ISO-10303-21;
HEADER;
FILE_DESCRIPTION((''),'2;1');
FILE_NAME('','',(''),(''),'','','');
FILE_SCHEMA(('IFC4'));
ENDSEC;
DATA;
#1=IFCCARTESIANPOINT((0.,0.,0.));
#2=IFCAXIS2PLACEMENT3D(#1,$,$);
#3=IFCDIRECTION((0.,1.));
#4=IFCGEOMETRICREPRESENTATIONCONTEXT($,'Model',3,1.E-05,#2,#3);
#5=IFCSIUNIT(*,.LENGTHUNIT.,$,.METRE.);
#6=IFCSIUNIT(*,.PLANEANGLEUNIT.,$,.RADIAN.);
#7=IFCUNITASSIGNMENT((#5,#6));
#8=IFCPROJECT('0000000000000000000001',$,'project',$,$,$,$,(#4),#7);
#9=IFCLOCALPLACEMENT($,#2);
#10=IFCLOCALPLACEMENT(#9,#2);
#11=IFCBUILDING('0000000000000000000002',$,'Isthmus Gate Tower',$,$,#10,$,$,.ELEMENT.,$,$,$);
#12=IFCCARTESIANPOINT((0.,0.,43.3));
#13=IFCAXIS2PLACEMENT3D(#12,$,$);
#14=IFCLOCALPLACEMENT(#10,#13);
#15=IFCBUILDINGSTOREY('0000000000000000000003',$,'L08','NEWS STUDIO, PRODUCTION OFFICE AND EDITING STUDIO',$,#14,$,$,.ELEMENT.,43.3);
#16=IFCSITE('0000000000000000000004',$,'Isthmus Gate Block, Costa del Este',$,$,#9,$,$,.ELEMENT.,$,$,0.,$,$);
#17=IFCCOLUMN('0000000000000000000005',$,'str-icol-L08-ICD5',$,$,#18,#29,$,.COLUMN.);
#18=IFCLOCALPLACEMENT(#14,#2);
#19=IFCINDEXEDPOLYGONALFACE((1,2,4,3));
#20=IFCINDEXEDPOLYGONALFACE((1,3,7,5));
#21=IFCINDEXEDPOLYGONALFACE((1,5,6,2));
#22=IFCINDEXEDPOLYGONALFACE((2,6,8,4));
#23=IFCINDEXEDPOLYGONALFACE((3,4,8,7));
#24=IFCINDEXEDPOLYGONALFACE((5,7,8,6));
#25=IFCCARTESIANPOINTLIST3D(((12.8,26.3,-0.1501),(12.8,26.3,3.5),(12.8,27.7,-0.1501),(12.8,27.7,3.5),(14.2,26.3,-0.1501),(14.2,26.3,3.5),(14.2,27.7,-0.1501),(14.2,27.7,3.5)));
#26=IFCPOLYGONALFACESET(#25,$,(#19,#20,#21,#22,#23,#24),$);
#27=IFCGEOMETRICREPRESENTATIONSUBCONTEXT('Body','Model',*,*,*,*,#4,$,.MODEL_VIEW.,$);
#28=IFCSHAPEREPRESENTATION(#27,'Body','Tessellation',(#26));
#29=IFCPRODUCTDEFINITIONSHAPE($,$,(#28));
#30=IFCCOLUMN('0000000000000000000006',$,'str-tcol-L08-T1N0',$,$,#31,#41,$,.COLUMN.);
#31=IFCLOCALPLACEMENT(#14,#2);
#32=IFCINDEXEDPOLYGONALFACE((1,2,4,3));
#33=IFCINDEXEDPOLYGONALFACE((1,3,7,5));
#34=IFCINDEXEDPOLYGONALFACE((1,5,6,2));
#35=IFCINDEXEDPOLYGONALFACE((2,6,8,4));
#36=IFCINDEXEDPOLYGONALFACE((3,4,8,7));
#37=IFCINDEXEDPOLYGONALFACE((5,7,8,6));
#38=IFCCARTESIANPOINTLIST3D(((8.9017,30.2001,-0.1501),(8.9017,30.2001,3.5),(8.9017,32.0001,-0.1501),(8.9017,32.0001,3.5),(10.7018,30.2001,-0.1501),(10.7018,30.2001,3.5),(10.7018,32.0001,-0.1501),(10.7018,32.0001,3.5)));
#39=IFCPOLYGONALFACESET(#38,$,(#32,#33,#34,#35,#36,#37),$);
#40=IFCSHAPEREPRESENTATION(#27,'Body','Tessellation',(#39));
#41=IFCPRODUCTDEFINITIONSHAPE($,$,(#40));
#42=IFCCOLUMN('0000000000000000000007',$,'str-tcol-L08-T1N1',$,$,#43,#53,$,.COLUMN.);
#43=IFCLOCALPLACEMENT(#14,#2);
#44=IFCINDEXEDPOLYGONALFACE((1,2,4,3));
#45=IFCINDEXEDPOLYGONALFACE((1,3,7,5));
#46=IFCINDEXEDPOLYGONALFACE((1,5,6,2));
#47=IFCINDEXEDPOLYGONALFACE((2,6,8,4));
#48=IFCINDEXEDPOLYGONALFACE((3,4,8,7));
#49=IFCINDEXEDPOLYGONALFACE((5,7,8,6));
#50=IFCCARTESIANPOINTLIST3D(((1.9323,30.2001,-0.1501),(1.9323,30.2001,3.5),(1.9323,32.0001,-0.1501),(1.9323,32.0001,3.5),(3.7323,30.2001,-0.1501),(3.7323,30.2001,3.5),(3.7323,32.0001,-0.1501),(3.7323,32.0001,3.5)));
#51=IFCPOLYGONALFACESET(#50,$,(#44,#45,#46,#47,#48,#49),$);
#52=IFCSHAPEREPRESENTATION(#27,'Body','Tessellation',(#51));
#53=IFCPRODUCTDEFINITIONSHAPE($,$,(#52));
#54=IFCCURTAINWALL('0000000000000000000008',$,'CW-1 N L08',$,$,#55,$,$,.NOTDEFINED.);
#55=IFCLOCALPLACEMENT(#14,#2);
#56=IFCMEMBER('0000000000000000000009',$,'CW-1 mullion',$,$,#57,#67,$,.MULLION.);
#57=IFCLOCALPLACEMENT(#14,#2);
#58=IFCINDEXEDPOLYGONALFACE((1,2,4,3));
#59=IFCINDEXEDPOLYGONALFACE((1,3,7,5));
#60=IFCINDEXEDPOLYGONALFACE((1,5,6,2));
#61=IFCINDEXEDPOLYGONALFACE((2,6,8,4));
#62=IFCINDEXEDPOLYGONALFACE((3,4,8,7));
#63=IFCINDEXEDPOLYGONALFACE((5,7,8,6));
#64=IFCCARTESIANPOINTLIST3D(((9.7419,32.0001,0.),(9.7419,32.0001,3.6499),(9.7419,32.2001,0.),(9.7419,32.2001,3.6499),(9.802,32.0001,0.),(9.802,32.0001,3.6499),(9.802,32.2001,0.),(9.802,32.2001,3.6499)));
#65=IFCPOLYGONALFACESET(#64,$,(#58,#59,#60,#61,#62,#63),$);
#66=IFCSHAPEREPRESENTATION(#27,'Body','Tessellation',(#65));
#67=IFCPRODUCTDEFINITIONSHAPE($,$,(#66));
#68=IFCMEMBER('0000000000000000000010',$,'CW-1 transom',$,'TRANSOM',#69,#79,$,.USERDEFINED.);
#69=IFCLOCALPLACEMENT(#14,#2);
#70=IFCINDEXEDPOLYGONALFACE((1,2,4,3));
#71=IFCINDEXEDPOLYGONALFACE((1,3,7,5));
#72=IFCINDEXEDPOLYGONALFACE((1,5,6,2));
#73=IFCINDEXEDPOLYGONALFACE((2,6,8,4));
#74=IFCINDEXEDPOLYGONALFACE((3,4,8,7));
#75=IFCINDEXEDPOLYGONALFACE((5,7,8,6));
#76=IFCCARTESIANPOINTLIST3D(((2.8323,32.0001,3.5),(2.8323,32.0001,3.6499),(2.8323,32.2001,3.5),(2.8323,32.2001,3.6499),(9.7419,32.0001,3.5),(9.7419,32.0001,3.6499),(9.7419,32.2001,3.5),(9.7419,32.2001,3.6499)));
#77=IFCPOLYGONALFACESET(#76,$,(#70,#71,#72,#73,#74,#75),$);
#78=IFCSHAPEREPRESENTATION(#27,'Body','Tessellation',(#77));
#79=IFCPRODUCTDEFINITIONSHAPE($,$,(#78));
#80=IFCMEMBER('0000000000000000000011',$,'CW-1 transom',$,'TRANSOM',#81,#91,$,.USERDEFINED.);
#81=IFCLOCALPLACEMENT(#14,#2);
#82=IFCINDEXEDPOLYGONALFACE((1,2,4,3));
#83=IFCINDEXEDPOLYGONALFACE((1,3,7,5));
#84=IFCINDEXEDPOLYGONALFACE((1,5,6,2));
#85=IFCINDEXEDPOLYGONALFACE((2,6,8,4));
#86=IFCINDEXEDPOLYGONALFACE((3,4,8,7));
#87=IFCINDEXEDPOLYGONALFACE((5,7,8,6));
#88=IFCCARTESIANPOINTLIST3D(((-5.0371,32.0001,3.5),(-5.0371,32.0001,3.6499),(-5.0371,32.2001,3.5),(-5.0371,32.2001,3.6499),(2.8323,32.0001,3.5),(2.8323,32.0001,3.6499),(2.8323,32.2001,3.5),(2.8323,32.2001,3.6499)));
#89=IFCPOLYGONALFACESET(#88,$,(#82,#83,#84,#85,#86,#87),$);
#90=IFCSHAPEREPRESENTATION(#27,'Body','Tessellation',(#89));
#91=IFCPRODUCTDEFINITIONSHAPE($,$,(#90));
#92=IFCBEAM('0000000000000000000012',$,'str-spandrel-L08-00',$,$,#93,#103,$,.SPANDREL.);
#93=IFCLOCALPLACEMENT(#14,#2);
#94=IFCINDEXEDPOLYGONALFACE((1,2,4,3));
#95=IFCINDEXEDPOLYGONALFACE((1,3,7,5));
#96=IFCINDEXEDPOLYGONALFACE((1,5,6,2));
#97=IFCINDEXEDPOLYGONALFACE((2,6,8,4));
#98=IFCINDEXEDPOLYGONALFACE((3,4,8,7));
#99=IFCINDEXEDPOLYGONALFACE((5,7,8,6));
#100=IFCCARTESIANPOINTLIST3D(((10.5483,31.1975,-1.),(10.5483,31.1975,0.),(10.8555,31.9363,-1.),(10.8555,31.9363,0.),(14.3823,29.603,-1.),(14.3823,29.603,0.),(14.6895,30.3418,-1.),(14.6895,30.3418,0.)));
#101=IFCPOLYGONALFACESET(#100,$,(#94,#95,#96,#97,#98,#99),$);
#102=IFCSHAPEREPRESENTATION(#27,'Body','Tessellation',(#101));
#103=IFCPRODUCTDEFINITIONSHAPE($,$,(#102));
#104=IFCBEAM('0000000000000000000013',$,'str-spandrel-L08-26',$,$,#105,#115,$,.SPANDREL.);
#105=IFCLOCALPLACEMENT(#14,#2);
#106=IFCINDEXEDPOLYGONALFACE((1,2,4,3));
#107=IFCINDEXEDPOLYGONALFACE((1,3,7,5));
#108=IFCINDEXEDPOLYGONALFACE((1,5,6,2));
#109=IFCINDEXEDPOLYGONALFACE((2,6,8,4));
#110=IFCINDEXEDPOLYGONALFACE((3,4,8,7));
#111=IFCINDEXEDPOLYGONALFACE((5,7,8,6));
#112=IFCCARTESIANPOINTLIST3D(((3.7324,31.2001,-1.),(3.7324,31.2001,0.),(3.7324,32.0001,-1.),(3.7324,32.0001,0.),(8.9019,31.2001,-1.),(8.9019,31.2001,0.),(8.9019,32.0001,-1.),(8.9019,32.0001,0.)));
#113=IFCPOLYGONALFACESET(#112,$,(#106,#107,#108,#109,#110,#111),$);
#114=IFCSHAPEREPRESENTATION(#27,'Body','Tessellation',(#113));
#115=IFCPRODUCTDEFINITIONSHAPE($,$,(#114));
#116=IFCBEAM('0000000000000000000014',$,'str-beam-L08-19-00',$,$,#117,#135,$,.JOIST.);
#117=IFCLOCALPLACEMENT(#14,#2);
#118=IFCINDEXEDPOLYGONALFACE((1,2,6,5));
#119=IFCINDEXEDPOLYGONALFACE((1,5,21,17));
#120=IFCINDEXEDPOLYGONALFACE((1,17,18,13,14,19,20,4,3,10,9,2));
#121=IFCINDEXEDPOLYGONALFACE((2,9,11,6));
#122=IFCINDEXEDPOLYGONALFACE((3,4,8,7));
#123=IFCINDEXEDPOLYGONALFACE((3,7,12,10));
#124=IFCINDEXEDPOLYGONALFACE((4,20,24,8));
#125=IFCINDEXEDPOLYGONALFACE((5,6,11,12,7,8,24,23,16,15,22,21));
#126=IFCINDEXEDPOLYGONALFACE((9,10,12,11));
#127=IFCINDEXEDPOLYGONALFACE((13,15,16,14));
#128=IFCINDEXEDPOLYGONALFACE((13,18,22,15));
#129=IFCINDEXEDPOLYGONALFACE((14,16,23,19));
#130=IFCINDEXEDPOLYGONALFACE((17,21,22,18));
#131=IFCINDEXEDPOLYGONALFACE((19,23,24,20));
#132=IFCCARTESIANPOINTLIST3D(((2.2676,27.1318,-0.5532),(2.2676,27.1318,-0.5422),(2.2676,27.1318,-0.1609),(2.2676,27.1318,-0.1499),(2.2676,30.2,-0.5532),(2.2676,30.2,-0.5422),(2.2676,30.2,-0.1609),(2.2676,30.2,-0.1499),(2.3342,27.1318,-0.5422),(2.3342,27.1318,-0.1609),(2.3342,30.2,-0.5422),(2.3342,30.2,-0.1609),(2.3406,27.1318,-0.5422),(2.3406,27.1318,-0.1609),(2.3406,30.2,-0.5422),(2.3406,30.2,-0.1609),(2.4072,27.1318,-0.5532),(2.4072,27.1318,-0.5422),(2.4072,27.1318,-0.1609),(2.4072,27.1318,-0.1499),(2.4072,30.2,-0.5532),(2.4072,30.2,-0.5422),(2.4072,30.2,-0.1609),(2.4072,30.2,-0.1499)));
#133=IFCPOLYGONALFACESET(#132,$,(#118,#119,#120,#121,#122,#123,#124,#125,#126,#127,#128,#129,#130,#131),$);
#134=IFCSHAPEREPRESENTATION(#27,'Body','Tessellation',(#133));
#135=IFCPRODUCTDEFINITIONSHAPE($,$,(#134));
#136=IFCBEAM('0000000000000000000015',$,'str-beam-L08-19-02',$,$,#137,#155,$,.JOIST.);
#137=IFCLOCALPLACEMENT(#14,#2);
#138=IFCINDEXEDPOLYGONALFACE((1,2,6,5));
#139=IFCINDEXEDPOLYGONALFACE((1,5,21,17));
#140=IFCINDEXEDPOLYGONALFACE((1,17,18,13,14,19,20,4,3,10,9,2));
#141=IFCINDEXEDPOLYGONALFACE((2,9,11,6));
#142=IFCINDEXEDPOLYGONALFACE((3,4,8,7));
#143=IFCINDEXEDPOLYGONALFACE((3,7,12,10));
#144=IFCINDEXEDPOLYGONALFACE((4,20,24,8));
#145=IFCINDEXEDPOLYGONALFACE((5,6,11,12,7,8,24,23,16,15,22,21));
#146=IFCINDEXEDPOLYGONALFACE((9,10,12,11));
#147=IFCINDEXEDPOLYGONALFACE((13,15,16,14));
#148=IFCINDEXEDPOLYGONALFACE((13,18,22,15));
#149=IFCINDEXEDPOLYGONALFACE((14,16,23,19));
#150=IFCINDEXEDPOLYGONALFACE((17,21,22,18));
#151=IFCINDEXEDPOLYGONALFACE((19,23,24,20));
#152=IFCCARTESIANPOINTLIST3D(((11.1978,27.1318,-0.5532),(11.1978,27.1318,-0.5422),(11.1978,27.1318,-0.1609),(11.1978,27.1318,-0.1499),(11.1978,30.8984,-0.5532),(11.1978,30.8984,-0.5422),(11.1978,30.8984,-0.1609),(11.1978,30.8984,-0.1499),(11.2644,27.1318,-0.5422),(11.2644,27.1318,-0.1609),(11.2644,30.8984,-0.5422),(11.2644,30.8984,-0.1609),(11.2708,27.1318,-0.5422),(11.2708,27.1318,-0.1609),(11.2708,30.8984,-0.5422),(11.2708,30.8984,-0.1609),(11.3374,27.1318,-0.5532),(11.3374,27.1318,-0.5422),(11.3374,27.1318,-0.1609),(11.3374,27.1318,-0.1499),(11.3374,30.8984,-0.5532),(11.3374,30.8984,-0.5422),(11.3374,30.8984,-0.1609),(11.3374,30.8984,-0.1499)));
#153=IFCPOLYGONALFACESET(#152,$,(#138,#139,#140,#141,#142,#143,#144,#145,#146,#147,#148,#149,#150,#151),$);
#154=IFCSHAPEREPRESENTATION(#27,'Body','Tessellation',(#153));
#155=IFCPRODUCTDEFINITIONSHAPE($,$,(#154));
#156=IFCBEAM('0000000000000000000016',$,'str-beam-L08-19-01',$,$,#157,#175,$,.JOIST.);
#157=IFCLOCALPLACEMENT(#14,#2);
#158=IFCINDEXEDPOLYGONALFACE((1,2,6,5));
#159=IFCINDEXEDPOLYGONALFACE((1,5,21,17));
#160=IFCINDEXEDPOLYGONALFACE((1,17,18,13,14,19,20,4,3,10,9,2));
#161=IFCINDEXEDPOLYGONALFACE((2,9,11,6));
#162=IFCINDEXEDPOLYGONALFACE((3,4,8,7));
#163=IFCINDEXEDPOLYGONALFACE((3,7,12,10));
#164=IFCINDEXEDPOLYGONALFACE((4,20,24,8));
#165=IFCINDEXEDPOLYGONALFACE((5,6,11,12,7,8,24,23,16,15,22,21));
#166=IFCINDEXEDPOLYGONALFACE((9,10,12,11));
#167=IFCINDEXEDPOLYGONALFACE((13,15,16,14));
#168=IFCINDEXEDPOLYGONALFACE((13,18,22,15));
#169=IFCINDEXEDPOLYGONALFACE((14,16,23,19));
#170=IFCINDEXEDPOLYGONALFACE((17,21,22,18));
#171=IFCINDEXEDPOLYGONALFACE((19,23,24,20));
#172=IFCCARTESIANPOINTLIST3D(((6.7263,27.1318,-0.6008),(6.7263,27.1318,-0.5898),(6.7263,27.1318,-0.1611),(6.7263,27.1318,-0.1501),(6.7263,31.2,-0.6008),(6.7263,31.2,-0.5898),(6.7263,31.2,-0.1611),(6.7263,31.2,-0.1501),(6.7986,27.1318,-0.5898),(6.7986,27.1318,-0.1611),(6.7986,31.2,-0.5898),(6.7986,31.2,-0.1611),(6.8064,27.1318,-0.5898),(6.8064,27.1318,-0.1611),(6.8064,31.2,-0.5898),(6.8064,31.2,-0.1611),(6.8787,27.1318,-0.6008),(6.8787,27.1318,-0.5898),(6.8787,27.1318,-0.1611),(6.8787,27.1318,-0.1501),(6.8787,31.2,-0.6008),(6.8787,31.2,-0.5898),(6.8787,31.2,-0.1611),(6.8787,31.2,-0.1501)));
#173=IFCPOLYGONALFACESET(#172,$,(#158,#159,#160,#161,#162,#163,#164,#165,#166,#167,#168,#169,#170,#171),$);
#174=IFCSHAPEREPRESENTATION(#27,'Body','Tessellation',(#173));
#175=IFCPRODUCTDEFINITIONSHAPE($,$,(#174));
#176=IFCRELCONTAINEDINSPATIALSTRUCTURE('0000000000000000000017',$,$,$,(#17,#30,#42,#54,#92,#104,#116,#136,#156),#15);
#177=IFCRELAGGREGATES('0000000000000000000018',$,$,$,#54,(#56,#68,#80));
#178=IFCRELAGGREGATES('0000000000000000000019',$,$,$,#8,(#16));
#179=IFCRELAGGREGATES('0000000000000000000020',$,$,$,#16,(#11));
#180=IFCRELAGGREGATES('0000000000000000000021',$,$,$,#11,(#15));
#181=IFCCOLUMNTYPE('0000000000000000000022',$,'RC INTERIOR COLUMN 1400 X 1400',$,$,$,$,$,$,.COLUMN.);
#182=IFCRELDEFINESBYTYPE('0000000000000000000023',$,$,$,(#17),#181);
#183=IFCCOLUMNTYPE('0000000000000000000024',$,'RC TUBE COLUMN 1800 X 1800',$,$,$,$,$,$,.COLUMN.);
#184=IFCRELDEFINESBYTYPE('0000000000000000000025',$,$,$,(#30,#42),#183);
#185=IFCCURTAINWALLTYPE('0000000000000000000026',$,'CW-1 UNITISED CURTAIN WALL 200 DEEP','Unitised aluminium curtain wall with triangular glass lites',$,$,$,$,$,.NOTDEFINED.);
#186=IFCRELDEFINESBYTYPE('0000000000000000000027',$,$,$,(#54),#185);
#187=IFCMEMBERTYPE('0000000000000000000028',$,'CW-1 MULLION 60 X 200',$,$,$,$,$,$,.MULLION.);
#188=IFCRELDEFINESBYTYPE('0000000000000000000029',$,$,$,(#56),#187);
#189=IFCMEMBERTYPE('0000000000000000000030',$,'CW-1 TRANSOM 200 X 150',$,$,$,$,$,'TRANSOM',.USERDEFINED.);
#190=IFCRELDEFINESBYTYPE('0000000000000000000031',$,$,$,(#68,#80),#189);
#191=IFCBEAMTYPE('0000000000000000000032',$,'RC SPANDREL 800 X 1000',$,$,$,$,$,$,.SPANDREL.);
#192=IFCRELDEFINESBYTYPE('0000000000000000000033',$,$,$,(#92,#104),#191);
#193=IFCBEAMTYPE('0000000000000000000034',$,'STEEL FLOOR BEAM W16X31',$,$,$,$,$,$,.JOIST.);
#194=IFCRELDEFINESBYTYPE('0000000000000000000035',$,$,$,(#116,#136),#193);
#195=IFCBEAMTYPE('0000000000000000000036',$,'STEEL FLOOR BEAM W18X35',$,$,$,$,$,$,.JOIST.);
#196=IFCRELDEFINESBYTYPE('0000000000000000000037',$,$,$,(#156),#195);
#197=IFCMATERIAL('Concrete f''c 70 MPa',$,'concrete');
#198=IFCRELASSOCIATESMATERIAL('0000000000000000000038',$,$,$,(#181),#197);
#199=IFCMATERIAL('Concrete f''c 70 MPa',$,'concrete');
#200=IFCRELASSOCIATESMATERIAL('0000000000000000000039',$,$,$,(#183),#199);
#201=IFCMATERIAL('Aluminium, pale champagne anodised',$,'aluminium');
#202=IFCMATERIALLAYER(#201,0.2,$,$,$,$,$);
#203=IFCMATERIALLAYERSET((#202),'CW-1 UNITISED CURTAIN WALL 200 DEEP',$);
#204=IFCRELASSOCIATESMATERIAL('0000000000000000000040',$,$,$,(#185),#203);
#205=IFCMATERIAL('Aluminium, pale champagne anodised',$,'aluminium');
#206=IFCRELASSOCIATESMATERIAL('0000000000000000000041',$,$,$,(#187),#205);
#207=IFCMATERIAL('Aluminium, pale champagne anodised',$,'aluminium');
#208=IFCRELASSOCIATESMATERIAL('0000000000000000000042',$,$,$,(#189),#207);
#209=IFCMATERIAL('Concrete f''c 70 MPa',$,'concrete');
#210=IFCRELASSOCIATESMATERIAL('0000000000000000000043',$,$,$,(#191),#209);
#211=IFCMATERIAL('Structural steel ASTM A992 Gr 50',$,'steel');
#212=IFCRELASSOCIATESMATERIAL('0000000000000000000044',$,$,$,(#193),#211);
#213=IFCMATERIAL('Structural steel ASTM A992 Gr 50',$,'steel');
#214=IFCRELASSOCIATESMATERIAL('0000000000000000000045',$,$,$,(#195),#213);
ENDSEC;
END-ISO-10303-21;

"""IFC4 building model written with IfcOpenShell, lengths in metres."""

from ifc_helpers import new_model, si_unit, direction, frame, origin, origin_2d, place, context, subcontext, project, spatial, rectangle, i_section, extrude, material, layer, layer_set, material_profile, profile_set, type_object, element, aggregate, save


model = new_model("IFC4")

# Units and contexts
model_context = context("Model", 3, precision=1e-05, world=origin(), true_north=direction((0.0, 1.0)))
body_context = subcontext(model_context, "Body", "Model", "MODEL_VIEW")
ifc_project = project(units=[si_unit("LENGTHUNIT", "METRE"), si_unit("PLANEANGLEUNIT", "RADIAN")], contexts=[model_context])

# Site, building, storey
site_placement = place(None, origin())
site = spatial("IfcSite", under=ifc_project, at=site_placement, Name="Isthmus Gate Block, Costa del Este", CompositionType="ELEMENT", RefElevation=0.0)
building_placement = place(site_placement, origin())
building = spatial("IfcBuilding", under=site, at=building_placement, Name="Isthmus Gate Tower", CompositionType="ELEMENT")
storey_placement = place(building_placement, frame((0.0, 0.0, 43.3)))
storey = spatial("IfcBuildingStorey", under=building, at=storey_placement, Name="L08", Description="NEWS STUDIO, PRODUCTION OFFICE AND EDITING STUDIO", CompositionType="ELEMENT", Elevation=43.3)

# Columns
ifc_material_1 = material(Name="Concrete f'c 70 MPa", Category="concrete")
ifc_material_profile_1 = material_profile(ifc_material_1, rectangle(XDim=1.3999, YDim=1.3999, at=origin_2d()), Name="RC 1400X1400")
ifc_profile_set_1 = profile_set([ifc_material_profile_1], Name="Concrete f'c 70 MPa")
column_type_1 = type_object("IfcColumnType", Name="RC INTERIOR COLUMN 1400 X 1400", PredefinedType="COLUMN", material=ifc_profile_set_1)
column_placement = place(storey_placement, frame((13.5, 27.0, -0.1501), z_axis=(0.0, 0.0, 1.0), x_axis=(1.0, 0.0, 0.0)))
element("IfcColumn", 1, at=column_placement, inside=storey, type_object=column_type_1, Name="str-icol-L08-ICD5", PredefinedType="COLUMN", context=body_context, shape_type="SweptSolid", body=[
    extrude(rectangle(XDim=1.3999, YDim=1.3999, at=origin_2d()), origin(), (0.0, 0.0, 1.0), 3.6501),
])
ifc_material_2 = material(Name="Concrete f'c 70 MPa", Category="concrete")
ifc_material_profile_2 = material_profile(ifc_material_2, rectangle(XDim=1.8, YDim=1.8, at=origin_2d()), Name="RC 1800X1800")
ifc_profile_set_2 = profile_set([ifc_material_profile_2], Name="Concrete f'c 70 MPa")
column_type_2 = type_object("IfcColumnType", Name="RC TUBE COLUMN 1800 X 1800", PredefinedType="COLUMN", material=ifc_profile_set_2)
for number, where, z_axis, x_axis, name in (
    (2, (9.8018, 31.1001, -0.1501), (0.0, 0.0, 1.0), (-1.0, 0.0, 0.0), "str-tcol-L08-T1N0"),
    (3, (2.8323, 31.1001, -0.1501), (0.0, 0.0, 1.0), (-1.0, 0.0, 0.0), "str-tcol-L08-T1N1"),
):
    element("IfcColumn", number, at=place(storey_placement, frame(where, z_axis=z_axis, x_axis=x_axis)), inside=storey, type_object=column_type_2, Name=name, PredefinedType="COLUMN", context=body_context, shape_type="SweptSolid", body=[
        extrude(rectangle(XDim=1.8, YDim=1.8, at=origin_2d()), origin(), (0.0, 0.0, 1.0), 3.6501),
    ])

# Curtain wall, members
ifc_material_3 = material(Name="Aluminium, pale champagne anodised", Category="aluminium")
ifc_layer_1 = layer(ifc_material_3, 0.2)
ifc_layer_set_1 = layer_set([ifc_layer_1], Name="CW-1 UNITISED CURTAIN WALL 200 DEEP")
curtain_wall_type = type_object("IfcCurtainWallType", Name="CW-1 UNITISED CURTAIN WALL 200 DEEP", Description="Unitised aluminium curtain wall with triangular glass lites", PredefinedType="NOTDEFINED", material=ifc_layer_set_1)
curtain_wall_1_placement = place(storey_placement, origin())
curtain_wall_1 = element("IfcCurtainWall", 4, at=curtain_wall_1_placement, inside=storey, type_object=curtain_wall_type, Name="CW-1 N L08", PredefinedType="NOTDEFINED")
ifc_material_4 = material(Name="Aluminium, pale champagne anodised", Category="aluminium")
ifc_material_profile_3 = material_profile(ifc_material_4, rectangle(XDim=0.0601, YDim=0.2, at=origin_2d()), Name="60x200")
ifc_profile_set_3 = profile_set([ifc_material_profile_3], Name="Aluminium, pale champagne anodised")
member_type_1 = type_object("IfcMemberType", Name="CW-1 MULLION 60 X 200", PredefinedType="MULLION", material=ifc_profile_set_3)
member_1_placement = place(storey_placement, frame((9.772, 32.1001, 0.0), z_axis=(0.0, 0.0, 1.0), x_axis=(-1.0, 0.0, 0.0)))
member_1 = element("IfcMember", 5, at=member_1_placement, type_object=member_type_1, Name="CW-1 mullion", PredefinedType="MULLION", context=body_context, shape_type="SweptSolid", body=[
    extrude(rectangle(XDim=0.0601, YDim=0.2, at=origin_2d()), origin(), (0.0, 0.0, 1.0), 3.6499),
])
ifc_material_5 = material(Name="Aluminium, pale champagne anodised", Category="aluminium")
ifc_material_profile_4 = material_profile(ifc_material_5, rectangle(XDim=0.2, YDim=0.1499, at=origin_2d()), Name="200x150")
ifc_profile_set_4 = profile_set([ifc_material_profile_4], Name="Aluminium, pale champagne anodised")
member_type_2 = type_object("IfcMemberType", Name="CW-1 TRANSOM 200 X 150", ElementType="TRANSOM", PredefinedType="USERDEFINED", material=ifc_profile_set_4)
member_2_placement = place(storey_placement, frame((9.7419, 32.1001, 3.575), z_axis=(-1.0, 0.0, 0.0), x_axis=(0.0, -1.0, 0.0)))
member_2 = element("IfcMember", 6, at=member_2_placement, type_object=member_type_2, Name="CW-1 transom", ObjectType="TRANSOM", PredefinedType="USERDEFINED", context=body_context, shape_type="SweptSolid", body=[
    extrude(rectangle(XDim=0.2, YDim=0.1499, at=origin_2d()), origin(), (0.0, 0.0, 1.0), 6.9097),
])
member_3_placement = place(storey_placement, frame((2.8323, 32.1001, 3.575), z_axis=(-1.0, 0.0, 0.0), x_axis=(0.0, -1.0, 0.0)))
member_3 = element("IfcMember", 7, at=member_3_placement, type_object=member_type_2, Name="CW-1 transom", ObjectType="TRANSOM", PredefinedType="USERDEFINED", context=body_context, shape_type="SweptSolid", body=[
    extrude(rectangle(XDim=0.2, YDim=0.1499, at=origin_2d()), origin(), (0.0, 0.0, 1.0), 7.8694),
])

# Beams
ifc_material_6 = material(Name="Concrete f'c 70 MPa", Category="concrete")
ifc_material_profile_5 = material_profile(ifc_material_6, rectangle(XDim=0.8, YDim=1.0, at=origin_2d()), Name="RC 800X1000")
ifc_profile_set_5 = profile_set([ifc_material_profile_5], Name="Concrete f'c 70 MPa")
beam_type_1 = type_object("IfcBeamType", Name="RC SPANDREL 800 X 1000", PredefinedType="SPANDREL", material=ifc_profile_set_5)
beam_1_placement = place(storey_placement, frame((10.7019, 31.5669, -0.5), z_axis=(0.923334, -0.383997, 0.0), x_axis=(0.383997, 0.923334, 0.0)))
element("IfcBeam", 8, at=beam_1_placement, inside=storey, type_object=beam_type_1, Name="str-spandrel-L08-00", PredefinedType="SPANDREL", context=body_context, shape_type="SweptSolid", body=[
    extrude(rectangle(XDim=0.8, YDim=1.0, at=origin_2d()), origin(), (0.0, 0.0, 1.0), 4.1523),
])
beam_2_placement = place(storey_placement, frame((3.7324, 31.6001, -0.5), z_axis=(1.0, 0.0, 0.0), x_axis=(0.0, 1.0, 0.0)))
element("IfcBeam", 9, at=beam_2_placement, inside=storey, type_object=beam_type_1, Name="str-spandrel-L08-26", PredefinedType="SPANDREL", context=body_context, shape_type="SweptSolid", body=[
    extrude(rectangle(XDim=0.8, YDim=1.0, at=origin_2d()), origin(), (0.0, 0.0, 1.0), 5.1694),
])
ifc_material_7 = material(Name="Structural steel ASTM A992 Gr 50", Category="steel")
ifc_material_profile_6 = material_profile(ifc_material_7, i_section(OverallWidth=0.1396, OverallDepth=0.4033, WebThickness=0.0063, FlangeThickness=0.011, at=origin_2d()), Name="W16X31")
ifc_profile_set_6 = profile_set([ifc_material_profile_6], Name="Structural steel ASTM A992 Gr 50")
beam_type_2 = type_object("IfcBeamType", Name="STEEL FLOOR BEAM W16X31", PredefinedType="JOIST", material=ifc_profile_set_6)
beam_3_placement = place(storey_placement, frame((2.3374, 27.1318, -0.3516), z_axis=(0.0, 1.0, 0.0), x_axis=(-1.0, 0.0, 0.0)))
element("IfcBeam", 10, at=beam_3_placement, inside=storey, type_object=beam_type_2, Name="str-beam-L08-19-00", PredefinedType="JOIST", context=body_context, shape_type="SweptSolid", body=[
    extrude(i_section(OverallWidth=0.1396, OverallDepth=0.4033, WebThickness=0.0063, FlangeThickness=0.011, at=origin_2d()), origin(), (0.0, 0.0, 1.0), 3.0681),
])
beam_4_placement = place(storey_placement, frame((11.2676, 27.1318, -0.3516), z_axis=(0.0, 1.0, 0.0), x_axis=(-1.0, 0.0, 0.0)))
element("IfcBeam", 11, at=beam_4_placement, inside=storey, type_object=beam_type_2, Name="str-beam-L08-19-02", PredefinedType="JOIST", context=body_context, shape_type="SweptSolid", body=[
    extrude(i_section(OverallWidth=0.1396, OverallDepth=0.4033, WebThickness=0.0063, FlangeThickness=0.011, at=origin_2d()), origin(), (0.0, 0.0, 1.0), 3.7666),
])
ifc_material_8 = material(Name="Structural steel ASTM A992 Gr 50", Category="steel")
ifc_material_profile_7 = material_profile(ifc_material_8, i_section(OverallWidth=0.1523, OverallDepth=0.4507, WebThickness=0.0078, FlangeThickness=0.011, at=origin_2d()), Name="W18X35")
ifc_profile_set_7 = profile_set([ifc_material_profile_7], Name="Structural steel ASTM A992 Gr 50")
beam_type_3 = type_object("IfcBeamType", Name="STEEL FLOOR BEAM W18X35", PredefinedType="JOIST", material=ifc_profile_set_7)
beam_5_placement = place(storey_placement, frame((6.8025, 27.1318, -0.3755), z_axis=(0.0, 1.0, 0.0), x_axis=(-1.0, 0.0, 0.0)))
element("IfcBeam", 12, at=beam_5_placement, inside=storey, type_object=beam_type_3, Name="str-beam-L08-19-01", PredefinedType="JOIST", context=body_context, shape_type="SweptSolid", body=[
    extrude(i_section(OverallWidth=0.1523, OverallDepth=0.4507, WebThickness=0.0078, FlangeThickness=0.011, at=origin_2d()), origin(), (0.0, 0.0, 1.0), 4.0681),
])

aggregate(curtain_wall_1, [member_1, member_2, member_3])

save(model, "model.ifc")
